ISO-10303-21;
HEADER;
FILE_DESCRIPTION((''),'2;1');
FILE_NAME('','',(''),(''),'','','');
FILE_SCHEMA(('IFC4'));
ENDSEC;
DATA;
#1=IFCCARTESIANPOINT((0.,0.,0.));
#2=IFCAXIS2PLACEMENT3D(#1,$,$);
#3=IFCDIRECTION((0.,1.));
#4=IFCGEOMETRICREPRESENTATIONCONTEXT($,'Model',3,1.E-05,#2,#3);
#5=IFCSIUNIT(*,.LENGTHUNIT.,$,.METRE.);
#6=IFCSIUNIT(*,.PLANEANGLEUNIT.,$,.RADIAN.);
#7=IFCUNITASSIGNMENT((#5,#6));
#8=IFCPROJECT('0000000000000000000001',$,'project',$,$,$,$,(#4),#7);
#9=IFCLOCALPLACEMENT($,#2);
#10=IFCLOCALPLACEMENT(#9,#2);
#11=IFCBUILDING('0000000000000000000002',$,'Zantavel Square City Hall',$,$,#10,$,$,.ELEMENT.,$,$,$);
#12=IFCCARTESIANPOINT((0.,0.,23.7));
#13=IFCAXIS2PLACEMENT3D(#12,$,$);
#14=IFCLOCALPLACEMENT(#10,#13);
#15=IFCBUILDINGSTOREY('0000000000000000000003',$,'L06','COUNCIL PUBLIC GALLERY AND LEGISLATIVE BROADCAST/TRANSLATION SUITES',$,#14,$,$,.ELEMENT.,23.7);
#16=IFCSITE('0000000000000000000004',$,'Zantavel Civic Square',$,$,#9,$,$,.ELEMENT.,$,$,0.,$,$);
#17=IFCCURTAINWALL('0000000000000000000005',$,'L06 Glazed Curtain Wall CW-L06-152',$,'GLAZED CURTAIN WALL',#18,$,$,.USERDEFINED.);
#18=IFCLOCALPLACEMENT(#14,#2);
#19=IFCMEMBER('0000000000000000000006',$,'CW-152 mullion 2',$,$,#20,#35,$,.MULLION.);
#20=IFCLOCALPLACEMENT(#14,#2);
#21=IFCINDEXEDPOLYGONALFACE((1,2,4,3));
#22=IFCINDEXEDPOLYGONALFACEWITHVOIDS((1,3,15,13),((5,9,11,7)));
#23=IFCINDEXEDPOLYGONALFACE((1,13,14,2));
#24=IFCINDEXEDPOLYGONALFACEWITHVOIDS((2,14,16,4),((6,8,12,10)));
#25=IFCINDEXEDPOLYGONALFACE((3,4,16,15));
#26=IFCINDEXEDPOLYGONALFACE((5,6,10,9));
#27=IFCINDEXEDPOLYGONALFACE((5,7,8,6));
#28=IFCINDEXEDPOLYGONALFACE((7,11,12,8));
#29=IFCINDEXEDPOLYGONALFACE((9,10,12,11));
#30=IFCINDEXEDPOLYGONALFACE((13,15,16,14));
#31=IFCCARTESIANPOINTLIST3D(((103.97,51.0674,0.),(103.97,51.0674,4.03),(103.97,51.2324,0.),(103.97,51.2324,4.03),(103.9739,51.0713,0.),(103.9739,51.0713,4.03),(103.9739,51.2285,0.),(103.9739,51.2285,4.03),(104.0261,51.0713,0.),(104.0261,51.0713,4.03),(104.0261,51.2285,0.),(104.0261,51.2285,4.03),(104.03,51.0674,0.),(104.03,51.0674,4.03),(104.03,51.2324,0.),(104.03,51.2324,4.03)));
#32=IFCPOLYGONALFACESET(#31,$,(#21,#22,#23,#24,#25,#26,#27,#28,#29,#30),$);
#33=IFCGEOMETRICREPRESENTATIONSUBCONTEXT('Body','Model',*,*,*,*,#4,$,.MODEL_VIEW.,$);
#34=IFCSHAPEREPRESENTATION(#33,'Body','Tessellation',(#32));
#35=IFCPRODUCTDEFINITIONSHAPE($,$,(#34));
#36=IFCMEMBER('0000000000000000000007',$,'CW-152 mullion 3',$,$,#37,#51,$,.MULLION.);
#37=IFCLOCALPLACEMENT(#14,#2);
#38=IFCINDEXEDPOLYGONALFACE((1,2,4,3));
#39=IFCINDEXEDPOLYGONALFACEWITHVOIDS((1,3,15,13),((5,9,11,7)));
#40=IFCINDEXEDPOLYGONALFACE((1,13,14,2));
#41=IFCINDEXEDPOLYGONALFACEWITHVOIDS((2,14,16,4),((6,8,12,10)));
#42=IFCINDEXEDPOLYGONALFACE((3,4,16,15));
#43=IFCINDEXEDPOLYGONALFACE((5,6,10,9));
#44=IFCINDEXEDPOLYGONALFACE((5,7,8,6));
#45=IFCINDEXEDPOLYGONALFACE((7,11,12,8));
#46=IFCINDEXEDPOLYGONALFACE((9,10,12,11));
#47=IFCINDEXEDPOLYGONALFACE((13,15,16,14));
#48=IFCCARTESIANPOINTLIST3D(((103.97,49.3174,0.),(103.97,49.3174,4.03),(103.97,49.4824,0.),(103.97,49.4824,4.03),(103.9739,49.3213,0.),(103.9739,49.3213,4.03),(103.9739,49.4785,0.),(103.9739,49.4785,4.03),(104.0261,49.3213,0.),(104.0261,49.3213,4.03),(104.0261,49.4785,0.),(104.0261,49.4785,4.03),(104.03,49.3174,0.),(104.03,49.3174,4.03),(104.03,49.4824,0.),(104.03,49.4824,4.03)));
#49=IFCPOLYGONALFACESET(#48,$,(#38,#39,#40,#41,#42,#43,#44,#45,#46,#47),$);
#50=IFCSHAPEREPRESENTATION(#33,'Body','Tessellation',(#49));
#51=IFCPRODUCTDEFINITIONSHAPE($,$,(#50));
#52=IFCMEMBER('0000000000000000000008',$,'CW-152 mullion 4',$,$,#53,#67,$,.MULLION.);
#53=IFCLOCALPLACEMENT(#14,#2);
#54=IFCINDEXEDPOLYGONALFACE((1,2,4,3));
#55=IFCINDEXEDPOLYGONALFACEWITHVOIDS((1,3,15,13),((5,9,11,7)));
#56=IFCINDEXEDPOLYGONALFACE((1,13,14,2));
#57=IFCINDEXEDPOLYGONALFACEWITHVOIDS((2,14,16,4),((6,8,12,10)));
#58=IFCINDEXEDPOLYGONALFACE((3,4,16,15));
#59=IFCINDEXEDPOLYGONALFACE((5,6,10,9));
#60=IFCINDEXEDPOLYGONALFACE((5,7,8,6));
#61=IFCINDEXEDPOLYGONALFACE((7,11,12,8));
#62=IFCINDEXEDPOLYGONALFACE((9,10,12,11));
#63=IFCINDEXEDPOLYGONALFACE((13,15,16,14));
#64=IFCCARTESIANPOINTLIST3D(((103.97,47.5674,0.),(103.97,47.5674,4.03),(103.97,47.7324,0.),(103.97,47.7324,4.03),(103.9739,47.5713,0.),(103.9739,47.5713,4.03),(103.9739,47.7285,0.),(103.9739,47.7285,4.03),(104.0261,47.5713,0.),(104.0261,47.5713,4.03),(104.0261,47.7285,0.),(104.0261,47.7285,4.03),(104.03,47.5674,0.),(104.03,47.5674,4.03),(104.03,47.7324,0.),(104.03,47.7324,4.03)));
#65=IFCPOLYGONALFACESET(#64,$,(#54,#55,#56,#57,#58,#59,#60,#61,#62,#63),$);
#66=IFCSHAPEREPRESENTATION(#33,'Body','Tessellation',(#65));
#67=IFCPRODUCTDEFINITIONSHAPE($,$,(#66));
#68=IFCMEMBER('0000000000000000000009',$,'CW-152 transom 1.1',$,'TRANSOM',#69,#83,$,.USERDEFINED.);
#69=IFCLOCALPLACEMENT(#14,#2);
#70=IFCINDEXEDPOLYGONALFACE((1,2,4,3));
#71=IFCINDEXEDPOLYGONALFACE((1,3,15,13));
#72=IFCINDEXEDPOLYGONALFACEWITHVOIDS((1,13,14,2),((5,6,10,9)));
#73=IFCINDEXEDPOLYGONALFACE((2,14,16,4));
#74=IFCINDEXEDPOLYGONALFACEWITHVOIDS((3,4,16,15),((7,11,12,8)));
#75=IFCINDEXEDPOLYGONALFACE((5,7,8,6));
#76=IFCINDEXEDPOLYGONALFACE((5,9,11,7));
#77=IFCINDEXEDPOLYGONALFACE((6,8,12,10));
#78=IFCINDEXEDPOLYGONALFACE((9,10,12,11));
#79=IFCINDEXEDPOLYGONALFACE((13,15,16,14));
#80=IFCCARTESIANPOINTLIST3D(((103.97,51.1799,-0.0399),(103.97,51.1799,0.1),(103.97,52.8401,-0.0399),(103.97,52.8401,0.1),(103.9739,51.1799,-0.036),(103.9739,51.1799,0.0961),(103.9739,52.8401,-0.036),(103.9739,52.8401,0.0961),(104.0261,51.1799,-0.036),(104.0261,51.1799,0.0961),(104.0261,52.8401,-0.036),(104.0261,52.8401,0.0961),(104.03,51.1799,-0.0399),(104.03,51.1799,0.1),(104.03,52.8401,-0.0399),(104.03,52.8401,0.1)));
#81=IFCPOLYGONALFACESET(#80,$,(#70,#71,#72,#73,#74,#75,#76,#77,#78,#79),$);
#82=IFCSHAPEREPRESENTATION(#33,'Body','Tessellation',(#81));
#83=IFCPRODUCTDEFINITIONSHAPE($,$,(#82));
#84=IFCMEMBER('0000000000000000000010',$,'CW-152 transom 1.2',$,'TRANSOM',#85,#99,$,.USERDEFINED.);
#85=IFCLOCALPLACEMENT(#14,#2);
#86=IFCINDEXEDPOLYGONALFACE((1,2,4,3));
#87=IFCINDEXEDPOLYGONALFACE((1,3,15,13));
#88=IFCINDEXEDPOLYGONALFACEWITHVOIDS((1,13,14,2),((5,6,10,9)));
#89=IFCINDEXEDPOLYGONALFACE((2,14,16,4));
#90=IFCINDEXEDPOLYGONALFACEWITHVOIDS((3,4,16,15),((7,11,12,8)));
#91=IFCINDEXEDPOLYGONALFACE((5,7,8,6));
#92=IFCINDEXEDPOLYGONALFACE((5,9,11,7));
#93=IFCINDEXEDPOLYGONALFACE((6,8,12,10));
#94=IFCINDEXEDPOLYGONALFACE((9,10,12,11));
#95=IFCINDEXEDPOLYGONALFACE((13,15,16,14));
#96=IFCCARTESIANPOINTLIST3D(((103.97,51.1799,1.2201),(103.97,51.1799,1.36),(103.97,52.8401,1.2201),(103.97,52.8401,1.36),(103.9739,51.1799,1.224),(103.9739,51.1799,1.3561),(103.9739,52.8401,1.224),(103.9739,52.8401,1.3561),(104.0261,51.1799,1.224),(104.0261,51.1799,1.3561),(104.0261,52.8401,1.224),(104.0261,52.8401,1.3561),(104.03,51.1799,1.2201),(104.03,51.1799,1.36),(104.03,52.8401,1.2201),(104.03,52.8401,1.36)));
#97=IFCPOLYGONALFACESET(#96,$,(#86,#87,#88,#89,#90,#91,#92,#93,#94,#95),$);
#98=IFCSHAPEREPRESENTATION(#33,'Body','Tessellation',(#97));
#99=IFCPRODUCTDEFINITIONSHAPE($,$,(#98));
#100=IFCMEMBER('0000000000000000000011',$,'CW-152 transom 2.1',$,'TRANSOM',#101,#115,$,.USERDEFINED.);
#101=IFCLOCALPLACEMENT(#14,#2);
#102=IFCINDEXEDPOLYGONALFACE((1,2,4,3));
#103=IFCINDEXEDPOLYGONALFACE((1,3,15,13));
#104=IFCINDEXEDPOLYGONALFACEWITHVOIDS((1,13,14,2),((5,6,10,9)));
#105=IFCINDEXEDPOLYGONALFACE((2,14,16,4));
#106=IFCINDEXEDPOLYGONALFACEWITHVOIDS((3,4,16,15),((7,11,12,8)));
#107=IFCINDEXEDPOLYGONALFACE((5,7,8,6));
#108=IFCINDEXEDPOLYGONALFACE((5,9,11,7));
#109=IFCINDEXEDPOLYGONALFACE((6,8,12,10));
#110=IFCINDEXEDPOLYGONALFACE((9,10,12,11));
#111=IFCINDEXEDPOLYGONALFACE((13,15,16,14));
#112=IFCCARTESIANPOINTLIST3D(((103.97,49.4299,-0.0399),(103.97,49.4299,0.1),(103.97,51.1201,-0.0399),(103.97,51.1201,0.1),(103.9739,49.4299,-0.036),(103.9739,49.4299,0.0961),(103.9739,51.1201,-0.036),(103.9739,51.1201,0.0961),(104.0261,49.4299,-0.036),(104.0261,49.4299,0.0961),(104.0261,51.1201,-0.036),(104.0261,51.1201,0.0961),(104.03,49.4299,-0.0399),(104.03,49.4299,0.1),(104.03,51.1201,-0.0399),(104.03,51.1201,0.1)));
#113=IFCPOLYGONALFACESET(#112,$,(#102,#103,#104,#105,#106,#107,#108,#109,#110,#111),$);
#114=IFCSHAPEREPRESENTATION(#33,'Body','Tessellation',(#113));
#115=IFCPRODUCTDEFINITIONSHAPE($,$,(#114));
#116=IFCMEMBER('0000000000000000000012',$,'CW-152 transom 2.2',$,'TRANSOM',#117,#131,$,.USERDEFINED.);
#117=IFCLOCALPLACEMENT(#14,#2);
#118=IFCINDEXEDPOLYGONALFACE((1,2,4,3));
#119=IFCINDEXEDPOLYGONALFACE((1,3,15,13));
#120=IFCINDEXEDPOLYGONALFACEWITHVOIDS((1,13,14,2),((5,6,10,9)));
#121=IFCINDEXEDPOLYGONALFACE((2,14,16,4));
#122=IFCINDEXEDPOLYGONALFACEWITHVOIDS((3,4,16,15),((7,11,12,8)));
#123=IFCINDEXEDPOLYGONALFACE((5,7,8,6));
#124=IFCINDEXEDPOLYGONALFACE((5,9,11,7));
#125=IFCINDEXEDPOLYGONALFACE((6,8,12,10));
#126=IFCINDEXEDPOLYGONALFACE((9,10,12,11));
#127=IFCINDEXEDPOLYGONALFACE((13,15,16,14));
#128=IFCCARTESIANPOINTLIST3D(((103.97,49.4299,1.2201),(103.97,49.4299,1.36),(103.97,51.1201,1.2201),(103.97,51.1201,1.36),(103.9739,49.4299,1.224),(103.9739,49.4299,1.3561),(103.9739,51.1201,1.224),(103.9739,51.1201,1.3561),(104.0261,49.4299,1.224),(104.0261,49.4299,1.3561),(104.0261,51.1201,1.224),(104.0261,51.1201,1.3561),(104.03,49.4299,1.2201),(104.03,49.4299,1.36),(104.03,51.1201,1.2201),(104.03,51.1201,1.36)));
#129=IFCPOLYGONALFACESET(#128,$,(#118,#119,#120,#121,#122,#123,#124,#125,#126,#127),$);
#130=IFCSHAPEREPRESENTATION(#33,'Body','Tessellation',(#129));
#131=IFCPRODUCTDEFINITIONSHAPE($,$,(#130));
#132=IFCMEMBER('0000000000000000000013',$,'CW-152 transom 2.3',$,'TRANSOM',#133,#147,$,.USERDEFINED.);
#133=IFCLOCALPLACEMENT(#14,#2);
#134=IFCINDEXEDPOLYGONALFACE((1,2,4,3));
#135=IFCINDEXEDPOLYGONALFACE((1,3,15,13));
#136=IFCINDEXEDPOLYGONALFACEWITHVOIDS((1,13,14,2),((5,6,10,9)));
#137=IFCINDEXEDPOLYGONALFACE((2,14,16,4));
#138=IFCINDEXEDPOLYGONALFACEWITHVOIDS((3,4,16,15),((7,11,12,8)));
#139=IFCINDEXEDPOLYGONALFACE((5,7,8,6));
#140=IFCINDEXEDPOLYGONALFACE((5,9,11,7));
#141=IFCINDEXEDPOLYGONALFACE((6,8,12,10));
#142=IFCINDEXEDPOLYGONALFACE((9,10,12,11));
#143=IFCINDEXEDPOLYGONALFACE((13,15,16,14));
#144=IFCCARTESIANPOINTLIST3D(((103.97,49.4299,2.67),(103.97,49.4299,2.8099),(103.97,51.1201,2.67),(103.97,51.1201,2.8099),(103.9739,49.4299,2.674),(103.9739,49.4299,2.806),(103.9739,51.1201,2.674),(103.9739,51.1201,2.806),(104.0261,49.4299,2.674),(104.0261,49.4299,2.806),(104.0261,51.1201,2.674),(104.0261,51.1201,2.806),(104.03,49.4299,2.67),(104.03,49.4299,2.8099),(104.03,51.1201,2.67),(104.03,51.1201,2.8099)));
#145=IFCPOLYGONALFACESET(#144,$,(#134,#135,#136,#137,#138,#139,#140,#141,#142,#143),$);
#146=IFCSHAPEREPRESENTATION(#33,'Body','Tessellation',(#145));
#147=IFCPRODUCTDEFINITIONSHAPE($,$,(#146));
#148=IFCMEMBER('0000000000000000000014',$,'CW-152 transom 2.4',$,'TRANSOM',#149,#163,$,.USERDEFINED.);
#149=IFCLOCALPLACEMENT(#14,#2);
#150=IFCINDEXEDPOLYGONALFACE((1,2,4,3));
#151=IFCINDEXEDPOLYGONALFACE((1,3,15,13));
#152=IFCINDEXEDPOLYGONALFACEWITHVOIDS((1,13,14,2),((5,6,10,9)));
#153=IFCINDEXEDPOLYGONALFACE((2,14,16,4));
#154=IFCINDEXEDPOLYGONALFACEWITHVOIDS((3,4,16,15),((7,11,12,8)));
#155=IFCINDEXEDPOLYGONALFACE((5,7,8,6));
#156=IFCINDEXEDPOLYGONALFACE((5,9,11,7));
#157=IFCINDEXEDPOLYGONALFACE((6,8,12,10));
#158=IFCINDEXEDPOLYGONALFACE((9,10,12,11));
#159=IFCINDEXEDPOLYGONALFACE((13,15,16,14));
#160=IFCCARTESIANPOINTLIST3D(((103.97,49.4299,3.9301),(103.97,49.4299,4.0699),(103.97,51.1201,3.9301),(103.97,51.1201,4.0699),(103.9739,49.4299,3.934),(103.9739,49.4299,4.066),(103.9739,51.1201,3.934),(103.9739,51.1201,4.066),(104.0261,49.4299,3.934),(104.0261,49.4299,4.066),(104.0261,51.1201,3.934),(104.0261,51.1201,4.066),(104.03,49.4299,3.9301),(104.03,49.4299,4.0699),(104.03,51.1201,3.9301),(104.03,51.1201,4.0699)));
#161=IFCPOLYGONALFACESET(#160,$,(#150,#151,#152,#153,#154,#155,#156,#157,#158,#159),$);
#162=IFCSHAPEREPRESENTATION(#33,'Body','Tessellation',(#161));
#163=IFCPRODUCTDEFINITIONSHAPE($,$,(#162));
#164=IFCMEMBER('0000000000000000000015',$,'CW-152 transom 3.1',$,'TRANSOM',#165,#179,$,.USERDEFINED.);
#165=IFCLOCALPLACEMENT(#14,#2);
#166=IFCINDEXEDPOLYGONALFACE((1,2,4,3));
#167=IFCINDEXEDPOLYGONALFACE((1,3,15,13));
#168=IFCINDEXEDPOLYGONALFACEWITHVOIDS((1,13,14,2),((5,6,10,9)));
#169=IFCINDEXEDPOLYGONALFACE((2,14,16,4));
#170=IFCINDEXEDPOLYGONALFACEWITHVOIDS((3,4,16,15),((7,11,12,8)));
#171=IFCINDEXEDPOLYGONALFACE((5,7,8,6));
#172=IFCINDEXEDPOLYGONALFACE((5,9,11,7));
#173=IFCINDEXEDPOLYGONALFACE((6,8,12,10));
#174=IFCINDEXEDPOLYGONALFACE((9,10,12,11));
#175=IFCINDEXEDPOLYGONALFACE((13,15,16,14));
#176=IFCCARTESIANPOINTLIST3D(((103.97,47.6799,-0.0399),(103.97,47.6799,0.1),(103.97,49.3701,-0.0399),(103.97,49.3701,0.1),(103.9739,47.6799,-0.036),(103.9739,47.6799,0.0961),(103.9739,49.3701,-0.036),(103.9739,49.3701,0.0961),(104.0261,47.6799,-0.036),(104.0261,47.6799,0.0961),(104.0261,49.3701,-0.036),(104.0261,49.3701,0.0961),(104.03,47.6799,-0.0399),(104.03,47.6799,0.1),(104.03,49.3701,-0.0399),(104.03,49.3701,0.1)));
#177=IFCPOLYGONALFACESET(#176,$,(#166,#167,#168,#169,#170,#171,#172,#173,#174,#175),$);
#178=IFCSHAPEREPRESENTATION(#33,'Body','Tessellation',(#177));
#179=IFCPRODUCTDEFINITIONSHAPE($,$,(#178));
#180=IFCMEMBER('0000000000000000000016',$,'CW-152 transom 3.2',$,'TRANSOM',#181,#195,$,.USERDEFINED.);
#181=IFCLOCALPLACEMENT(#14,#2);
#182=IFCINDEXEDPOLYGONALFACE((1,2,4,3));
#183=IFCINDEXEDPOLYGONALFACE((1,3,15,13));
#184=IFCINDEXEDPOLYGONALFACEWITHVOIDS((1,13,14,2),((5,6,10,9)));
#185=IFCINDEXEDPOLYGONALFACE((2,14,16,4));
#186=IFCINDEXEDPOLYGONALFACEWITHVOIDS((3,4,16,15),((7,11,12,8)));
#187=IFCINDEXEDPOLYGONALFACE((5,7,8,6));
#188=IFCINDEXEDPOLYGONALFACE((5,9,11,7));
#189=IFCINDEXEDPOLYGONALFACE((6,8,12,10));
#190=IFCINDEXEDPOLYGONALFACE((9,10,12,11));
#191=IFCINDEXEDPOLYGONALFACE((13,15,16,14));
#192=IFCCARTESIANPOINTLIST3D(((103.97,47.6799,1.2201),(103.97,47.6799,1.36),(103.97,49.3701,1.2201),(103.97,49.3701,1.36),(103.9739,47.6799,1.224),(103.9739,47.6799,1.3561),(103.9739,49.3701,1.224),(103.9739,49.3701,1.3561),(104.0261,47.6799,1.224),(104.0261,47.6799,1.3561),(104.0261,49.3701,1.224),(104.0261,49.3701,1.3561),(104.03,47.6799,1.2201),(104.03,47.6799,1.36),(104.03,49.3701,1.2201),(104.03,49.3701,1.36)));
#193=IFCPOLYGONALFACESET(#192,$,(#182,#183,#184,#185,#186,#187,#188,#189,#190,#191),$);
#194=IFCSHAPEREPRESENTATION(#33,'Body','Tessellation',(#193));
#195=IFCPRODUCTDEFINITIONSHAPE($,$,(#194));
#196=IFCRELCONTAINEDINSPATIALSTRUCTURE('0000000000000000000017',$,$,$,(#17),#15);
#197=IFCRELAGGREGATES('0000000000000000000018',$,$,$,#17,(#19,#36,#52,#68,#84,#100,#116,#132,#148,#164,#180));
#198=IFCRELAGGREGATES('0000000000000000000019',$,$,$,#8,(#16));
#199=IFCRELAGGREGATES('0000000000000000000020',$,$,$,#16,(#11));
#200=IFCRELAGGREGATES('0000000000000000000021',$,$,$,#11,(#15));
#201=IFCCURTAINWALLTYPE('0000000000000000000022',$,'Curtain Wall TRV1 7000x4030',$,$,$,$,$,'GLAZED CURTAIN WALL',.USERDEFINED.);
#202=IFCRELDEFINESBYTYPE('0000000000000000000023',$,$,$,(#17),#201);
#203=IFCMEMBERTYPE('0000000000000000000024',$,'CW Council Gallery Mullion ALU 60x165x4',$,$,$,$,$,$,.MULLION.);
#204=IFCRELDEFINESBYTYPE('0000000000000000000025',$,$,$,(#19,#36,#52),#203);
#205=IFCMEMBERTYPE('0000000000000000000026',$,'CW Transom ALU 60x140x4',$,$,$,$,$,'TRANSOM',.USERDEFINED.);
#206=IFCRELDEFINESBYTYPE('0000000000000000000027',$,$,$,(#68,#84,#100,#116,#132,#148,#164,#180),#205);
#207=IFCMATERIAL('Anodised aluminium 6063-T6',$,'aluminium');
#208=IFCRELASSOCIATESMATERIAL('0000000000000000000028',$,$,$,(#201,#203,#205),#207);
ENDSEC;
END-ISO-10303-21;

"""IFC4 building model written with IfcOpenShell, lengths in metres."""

from ifc_helpers import new_model, si_unit, direction, frame, origin, origin_2d, place, context, subcontext, project, spatial, hollow_rectangle, extrude, material, material_profile, profile_set, type_object, element, aggregate, save


model = new_model("IFC4")

# Units and contexts
model_context = context("Model", 3, precision=1e-05, world=origin(), true_north=direction((0.0, 1.0)))
body_context = subcontext(model_context, "Body", "Model", "MODEL_VIEW")
ifc_project = project(units=[si_unit("LENGTHUNIT", "METRE"), si_unit("PLANEANGLEUNIT", "RADIAN")], contexts=[model_context])

# Site, building, storey
site_placement = place(None, origin())
site = spatial("IfcSite", under=ifc_project, at=site_placement, Name="Zantavel Civic Square", CompositionType="ELEMENT", RefElevation=0.0)
building_placement = place(site_placement, origin())
building = spatial("IfcBuilding", under=site, at=building_placement, Name="Zantavel Square City Hall", CompositionType="ELEMENT")
storey_placement = place(building_placement, frame((0.0, 0.0, 23.7)))
storey = spatial("IfcBuildingStorey", under=building, at=storey_placement, Name="L06", Description="COUNCIL PUBLIC GALLERY AND LEGISLATIVE BROADCAST/TRANSLATION SUITES", CompositionType="ELEMENT", Elevation=23.7)

# Curtain wall, members
ifc_material_1 = material(Name="Anodised aluminium 6063-T6", Category="aluminium")
curtain_wall_type = type_object("IfcCurtainWallType", Name="Curtain Wall TRV1 7000x4030", ElementType="GLAZED CURTAIN WALL", PredefinedType="USERDEFINED", material=ifc_material_1)
curtain_wall_placement = place(storey_placement, origin())
curtain_wall = element("IfcCurtainWall", 1, at=curtain_wall_placement, inside=storey, type_object=curtain_wall_type, Name="L06 Glazed Curtain Wall CW-L06-152", ObjectType="GLAZED CURTAIN WALL", PredefinedType="USERDEFINED")
ifc_material_profile_1 = material_profile(ifc_material_1, hollow_rectangle(XDim=0.0601, YDim=0.165, WallThickness=0.0039, at=origin_2d()), Name="ALU 60x165x4")
ifc_profile_set_1 = profile_set([ifc_material_profile_1], Name="Anodised aluminium 6063-T6")
member_type_1 = type_object("IfcMemberType", Name="CW Council Gallery Mullion ALU 60x165x4", PredefinedType="MULLION", material=ifc_profile_set_1)
member_1_placement = place(storey_placement, frame((104.0, 51.1499, 0.0), z_axis=(0.0, 0.0, 1.0), x_axis=(1.0, 0.0, 0.0)))
member_1 = element("IfcMember", 2, at=member_1_placement, type_object=member_type_1, Name="CW-152 mullion 2", PredefinedType="MULLION", context=body_context, shape_type="SweptSolid", body=[
    extrude(hollow_rectangle(XDim=0.0601, YDim=0.165, WallThickness=0.0039, at=origin_2d()), origin(), (0.0, 0.0, 1.0), 4.03),
])
member_2_placement = place(storey_placement, frame((104.0, 49.3999, 0.0), z_axis=(0.0, 0.0, 1.0), x_axis=(1.0, 0.0, 0.0)))
member_2 = element("IfcMember", 3, at=member_2_placement, type_object=member_type_1, Name="CW-152 mullion 3", PredefinedType="MULLION", context=body_context, shape_type="SweptSolid", body=[
    extrude(hollow_rectangle(XDim=0.0601, YDim=0.165, WallThickness=0.0039, at=origin_2d()), origin(), (0.0, 0.0, 1.0), 4.03),
])
member_3_placement = place(storey_placement, frame((104.0, 47.6499, 0.0), z_axis=(0.0, 0.0, 1.0), x_axis=(1.0, 0.0, 0.0)))
member_3 = element("IfcMember", 4, at=member_3_placement, type_object=member_type_1, Name="CW-152 mullion 4", PredefinedType="MULLION", context=body_context, shape_type="SweptSolid", body=[
    extrude(hollow_rectangle(XDim=0.0601, YDim=0.165, WallThickness=0.0039, at=origin_2d()), origin(), (0.0, 0.0, 1.0), 4.03),
])
ifc_material_profile_2 = material_profile(ifc_material_1, hollow_rectangle(XDim=0.0601, YDim=0.1399, WallThickness=0.0039, at=origin_2d()), Name="ALU 60x140x4")
ifc_profile_set_2 = profile_set([ifc_material_profile_2], Name="Anodised aluminium 6063-T6")
member_type_2 = type_object("IfcMemberType", Name="CW Transom ALU 60x140x4", ElementType="TRANSOM", PredefinedType="USERDEFINED", material=ifc_profile_set_2)
member_4_placement = place(storey_placement, frame((104.0, 52.8401, 0.03), z_axis=(0.0, -1.0, 0.0), x_axis=(1.0, 0.0, 0.0)))
member_4 = element("IfcMember", 5, at=member_4_placement, type_object=member_type_2, Name="CW-152 transom 1.1", ObjectType="TRANSOM", PredefinedType="USERDEFINED", context=body_context, shape_type="SweptSolid", body=[
    extrude(hollow_rectangle(XDim=0.0601, YDim=0.1399, WallThickness=0.0039, at=origin_2d()), origin(), (0.0, 0.0, 1.0), 1.6602),
])
member_5_placement = place(storey_placement, frame((104.0, 52.8401, 1.29), z_axis=(0.0, -1.0, 0.0), x_axis=(1.0, 0.0, 0.0)))
member_5 = element("IfcMember", 6, at=member_5_placement, type_object=member_type_2, Name="CW-152 transom 1.2", ObjectType="TRANSOM", PredefinedType="USERDEFINED", context=body_context, shape_type="SweptSolid", body=[
    extrude(hollow_rectangle(XDim=0.0601, YDim=0.1399, WallThickness=0.0039, at=origin_2d()), origin(), (0.0, 0.0, 1.0), 1.6602),
])
member_6_placement = place(storey_placement, frame((104.0, 51.1201, 0.03), z_axis=(0.0, -1.0, 0.0), x_axis=(1.0, 0.0, 0.0)))
member_6 = element("IfcMember", 7, at=member_6_placement, type_object=member_type_2, Name="CW-152 transom 2.1", ObjectType="TRANSOM", PredefinedType="USERDEFINED", context=body_context, shape_type="SweptSolid", body=[
    extrude(hollow_rectangle(XDim=0.0601, YDim=0.1399, WallThickness=0.0039, at=origin_2d()), origin(), (0.0, 0.0, 1.0), 1.6902),
])
member_7_placement = place(storey_placement, frame((104.0, 51.1201, 1.29), z_axis=(0.0, -1.0, 0.0), x_axis=(1.0, 0.0, 0.0)))
member_7 = element("IfcMember", 8, at=member_7_placement, type_object=member_type_2, Name="CW-152 transom 2.2", ObjectType="TRANSOM", PredefinedType="USERDEFINED", context=body_context, shape_type="SweptSolid", body=[
    extrude(hollow_rectangle(XDim=0.0601, YDim=0.1399, WallThickness=0.0039, at=origin_2d()), origin(), (0.0, 0.0, 1.0), 1.6902),
])
member_8_placement = place(storey_placement, frame((104.0, 51.1201, 2.74), z_axis=(0.0, -1.0, 0.0), x_axis=(1.0, 0.0, 0.0)))
member_8 = element("IfcMember", 9, at=member_8_placement, type_object=member_type_2, Name="CW-152 transom 2.3", ObjectType="TRANSOM", PredefinedType="USERDEFINED", context=body_context, shape_type="SweptSolid", body=[
    extrude(hollow_rectangle(XDim=0.0601, YDim=0.1399, WallThickness=0.0039, at=origin_2d()), origin(), (0.0, 0.0, 1.0), 1.6902),
])
member_9_placement = place(storey_placement, frame((104.0, 51.1201, 4.0), z_axis=(0.0, -1.0, 0.0), x_axis=(1.0, 0.0, 0.0)))
member_9 = element("IfcMember", 10, at=member_9_placement, type_object=member_type_2, Name="CW-152 transom 2.4", ObjectType="TRANSOM", PredefinedType="USERDEFINED", context=body_context, shape_type="SweptSolid", body=[
    extrude(hollow_rectangle(XDim=0.0601, YDim=0.1399, WallThickness=0.0039, at=origin_2d()), origin(), (0.0, 0.0, 1.0), 1.6902),
])
member_10_placement = place(storey_placement, frame((104.0, 49.3701, 0.03), z_axis=(0.0, -1.0, 0.0), x_axis=(1.0, 0.0, 0.0)))
member_10 = element("IfcMember", 11, at=member_10_placement, type_object=member_type_2, Name="CW-152 transom 3.1", ObjectType="TRANSOM", PredefinedType="USERDEFINED", context=body_context, shape_type="SweptSolid", body=[
    extrude(hollow_rectangle(XDim=0.0601, YDim=0.1399, WallThickness=0.0039, at=origin_2d()), origin(), (0.0, 0.0, 1.0), 1.6902),
])
member_11_placement = place(storey_placement, frame((104.0, 49.3701, 1.29), z_axis=(0.0, -1.0, 0.0), x_axis=(1.0, 0.0, 0.0)))
member_11 = element("IfcMember", 12, at=member_11_placement, type_object=member_type_2, Name="CW-152 transom 3.2", ObjectType="TRANSOM", PredefinedType="USERDEFINED", context=body_context, shape_type="SweptSolid", body=[
    extrude(hollow_rectangle(XDim=0.0601, YDim=0.1399, WallThickness=0.0039, at=origin_2d()), origin(), (0.0, 0.0, 1.0), 1.6902),
])
aggregate(curtain_wall, [member_1, member_2, member_3, member_4, member_5, member_6, member_7, member_8, member_9, member_10, member_11])

save(model, "model.ifc")
